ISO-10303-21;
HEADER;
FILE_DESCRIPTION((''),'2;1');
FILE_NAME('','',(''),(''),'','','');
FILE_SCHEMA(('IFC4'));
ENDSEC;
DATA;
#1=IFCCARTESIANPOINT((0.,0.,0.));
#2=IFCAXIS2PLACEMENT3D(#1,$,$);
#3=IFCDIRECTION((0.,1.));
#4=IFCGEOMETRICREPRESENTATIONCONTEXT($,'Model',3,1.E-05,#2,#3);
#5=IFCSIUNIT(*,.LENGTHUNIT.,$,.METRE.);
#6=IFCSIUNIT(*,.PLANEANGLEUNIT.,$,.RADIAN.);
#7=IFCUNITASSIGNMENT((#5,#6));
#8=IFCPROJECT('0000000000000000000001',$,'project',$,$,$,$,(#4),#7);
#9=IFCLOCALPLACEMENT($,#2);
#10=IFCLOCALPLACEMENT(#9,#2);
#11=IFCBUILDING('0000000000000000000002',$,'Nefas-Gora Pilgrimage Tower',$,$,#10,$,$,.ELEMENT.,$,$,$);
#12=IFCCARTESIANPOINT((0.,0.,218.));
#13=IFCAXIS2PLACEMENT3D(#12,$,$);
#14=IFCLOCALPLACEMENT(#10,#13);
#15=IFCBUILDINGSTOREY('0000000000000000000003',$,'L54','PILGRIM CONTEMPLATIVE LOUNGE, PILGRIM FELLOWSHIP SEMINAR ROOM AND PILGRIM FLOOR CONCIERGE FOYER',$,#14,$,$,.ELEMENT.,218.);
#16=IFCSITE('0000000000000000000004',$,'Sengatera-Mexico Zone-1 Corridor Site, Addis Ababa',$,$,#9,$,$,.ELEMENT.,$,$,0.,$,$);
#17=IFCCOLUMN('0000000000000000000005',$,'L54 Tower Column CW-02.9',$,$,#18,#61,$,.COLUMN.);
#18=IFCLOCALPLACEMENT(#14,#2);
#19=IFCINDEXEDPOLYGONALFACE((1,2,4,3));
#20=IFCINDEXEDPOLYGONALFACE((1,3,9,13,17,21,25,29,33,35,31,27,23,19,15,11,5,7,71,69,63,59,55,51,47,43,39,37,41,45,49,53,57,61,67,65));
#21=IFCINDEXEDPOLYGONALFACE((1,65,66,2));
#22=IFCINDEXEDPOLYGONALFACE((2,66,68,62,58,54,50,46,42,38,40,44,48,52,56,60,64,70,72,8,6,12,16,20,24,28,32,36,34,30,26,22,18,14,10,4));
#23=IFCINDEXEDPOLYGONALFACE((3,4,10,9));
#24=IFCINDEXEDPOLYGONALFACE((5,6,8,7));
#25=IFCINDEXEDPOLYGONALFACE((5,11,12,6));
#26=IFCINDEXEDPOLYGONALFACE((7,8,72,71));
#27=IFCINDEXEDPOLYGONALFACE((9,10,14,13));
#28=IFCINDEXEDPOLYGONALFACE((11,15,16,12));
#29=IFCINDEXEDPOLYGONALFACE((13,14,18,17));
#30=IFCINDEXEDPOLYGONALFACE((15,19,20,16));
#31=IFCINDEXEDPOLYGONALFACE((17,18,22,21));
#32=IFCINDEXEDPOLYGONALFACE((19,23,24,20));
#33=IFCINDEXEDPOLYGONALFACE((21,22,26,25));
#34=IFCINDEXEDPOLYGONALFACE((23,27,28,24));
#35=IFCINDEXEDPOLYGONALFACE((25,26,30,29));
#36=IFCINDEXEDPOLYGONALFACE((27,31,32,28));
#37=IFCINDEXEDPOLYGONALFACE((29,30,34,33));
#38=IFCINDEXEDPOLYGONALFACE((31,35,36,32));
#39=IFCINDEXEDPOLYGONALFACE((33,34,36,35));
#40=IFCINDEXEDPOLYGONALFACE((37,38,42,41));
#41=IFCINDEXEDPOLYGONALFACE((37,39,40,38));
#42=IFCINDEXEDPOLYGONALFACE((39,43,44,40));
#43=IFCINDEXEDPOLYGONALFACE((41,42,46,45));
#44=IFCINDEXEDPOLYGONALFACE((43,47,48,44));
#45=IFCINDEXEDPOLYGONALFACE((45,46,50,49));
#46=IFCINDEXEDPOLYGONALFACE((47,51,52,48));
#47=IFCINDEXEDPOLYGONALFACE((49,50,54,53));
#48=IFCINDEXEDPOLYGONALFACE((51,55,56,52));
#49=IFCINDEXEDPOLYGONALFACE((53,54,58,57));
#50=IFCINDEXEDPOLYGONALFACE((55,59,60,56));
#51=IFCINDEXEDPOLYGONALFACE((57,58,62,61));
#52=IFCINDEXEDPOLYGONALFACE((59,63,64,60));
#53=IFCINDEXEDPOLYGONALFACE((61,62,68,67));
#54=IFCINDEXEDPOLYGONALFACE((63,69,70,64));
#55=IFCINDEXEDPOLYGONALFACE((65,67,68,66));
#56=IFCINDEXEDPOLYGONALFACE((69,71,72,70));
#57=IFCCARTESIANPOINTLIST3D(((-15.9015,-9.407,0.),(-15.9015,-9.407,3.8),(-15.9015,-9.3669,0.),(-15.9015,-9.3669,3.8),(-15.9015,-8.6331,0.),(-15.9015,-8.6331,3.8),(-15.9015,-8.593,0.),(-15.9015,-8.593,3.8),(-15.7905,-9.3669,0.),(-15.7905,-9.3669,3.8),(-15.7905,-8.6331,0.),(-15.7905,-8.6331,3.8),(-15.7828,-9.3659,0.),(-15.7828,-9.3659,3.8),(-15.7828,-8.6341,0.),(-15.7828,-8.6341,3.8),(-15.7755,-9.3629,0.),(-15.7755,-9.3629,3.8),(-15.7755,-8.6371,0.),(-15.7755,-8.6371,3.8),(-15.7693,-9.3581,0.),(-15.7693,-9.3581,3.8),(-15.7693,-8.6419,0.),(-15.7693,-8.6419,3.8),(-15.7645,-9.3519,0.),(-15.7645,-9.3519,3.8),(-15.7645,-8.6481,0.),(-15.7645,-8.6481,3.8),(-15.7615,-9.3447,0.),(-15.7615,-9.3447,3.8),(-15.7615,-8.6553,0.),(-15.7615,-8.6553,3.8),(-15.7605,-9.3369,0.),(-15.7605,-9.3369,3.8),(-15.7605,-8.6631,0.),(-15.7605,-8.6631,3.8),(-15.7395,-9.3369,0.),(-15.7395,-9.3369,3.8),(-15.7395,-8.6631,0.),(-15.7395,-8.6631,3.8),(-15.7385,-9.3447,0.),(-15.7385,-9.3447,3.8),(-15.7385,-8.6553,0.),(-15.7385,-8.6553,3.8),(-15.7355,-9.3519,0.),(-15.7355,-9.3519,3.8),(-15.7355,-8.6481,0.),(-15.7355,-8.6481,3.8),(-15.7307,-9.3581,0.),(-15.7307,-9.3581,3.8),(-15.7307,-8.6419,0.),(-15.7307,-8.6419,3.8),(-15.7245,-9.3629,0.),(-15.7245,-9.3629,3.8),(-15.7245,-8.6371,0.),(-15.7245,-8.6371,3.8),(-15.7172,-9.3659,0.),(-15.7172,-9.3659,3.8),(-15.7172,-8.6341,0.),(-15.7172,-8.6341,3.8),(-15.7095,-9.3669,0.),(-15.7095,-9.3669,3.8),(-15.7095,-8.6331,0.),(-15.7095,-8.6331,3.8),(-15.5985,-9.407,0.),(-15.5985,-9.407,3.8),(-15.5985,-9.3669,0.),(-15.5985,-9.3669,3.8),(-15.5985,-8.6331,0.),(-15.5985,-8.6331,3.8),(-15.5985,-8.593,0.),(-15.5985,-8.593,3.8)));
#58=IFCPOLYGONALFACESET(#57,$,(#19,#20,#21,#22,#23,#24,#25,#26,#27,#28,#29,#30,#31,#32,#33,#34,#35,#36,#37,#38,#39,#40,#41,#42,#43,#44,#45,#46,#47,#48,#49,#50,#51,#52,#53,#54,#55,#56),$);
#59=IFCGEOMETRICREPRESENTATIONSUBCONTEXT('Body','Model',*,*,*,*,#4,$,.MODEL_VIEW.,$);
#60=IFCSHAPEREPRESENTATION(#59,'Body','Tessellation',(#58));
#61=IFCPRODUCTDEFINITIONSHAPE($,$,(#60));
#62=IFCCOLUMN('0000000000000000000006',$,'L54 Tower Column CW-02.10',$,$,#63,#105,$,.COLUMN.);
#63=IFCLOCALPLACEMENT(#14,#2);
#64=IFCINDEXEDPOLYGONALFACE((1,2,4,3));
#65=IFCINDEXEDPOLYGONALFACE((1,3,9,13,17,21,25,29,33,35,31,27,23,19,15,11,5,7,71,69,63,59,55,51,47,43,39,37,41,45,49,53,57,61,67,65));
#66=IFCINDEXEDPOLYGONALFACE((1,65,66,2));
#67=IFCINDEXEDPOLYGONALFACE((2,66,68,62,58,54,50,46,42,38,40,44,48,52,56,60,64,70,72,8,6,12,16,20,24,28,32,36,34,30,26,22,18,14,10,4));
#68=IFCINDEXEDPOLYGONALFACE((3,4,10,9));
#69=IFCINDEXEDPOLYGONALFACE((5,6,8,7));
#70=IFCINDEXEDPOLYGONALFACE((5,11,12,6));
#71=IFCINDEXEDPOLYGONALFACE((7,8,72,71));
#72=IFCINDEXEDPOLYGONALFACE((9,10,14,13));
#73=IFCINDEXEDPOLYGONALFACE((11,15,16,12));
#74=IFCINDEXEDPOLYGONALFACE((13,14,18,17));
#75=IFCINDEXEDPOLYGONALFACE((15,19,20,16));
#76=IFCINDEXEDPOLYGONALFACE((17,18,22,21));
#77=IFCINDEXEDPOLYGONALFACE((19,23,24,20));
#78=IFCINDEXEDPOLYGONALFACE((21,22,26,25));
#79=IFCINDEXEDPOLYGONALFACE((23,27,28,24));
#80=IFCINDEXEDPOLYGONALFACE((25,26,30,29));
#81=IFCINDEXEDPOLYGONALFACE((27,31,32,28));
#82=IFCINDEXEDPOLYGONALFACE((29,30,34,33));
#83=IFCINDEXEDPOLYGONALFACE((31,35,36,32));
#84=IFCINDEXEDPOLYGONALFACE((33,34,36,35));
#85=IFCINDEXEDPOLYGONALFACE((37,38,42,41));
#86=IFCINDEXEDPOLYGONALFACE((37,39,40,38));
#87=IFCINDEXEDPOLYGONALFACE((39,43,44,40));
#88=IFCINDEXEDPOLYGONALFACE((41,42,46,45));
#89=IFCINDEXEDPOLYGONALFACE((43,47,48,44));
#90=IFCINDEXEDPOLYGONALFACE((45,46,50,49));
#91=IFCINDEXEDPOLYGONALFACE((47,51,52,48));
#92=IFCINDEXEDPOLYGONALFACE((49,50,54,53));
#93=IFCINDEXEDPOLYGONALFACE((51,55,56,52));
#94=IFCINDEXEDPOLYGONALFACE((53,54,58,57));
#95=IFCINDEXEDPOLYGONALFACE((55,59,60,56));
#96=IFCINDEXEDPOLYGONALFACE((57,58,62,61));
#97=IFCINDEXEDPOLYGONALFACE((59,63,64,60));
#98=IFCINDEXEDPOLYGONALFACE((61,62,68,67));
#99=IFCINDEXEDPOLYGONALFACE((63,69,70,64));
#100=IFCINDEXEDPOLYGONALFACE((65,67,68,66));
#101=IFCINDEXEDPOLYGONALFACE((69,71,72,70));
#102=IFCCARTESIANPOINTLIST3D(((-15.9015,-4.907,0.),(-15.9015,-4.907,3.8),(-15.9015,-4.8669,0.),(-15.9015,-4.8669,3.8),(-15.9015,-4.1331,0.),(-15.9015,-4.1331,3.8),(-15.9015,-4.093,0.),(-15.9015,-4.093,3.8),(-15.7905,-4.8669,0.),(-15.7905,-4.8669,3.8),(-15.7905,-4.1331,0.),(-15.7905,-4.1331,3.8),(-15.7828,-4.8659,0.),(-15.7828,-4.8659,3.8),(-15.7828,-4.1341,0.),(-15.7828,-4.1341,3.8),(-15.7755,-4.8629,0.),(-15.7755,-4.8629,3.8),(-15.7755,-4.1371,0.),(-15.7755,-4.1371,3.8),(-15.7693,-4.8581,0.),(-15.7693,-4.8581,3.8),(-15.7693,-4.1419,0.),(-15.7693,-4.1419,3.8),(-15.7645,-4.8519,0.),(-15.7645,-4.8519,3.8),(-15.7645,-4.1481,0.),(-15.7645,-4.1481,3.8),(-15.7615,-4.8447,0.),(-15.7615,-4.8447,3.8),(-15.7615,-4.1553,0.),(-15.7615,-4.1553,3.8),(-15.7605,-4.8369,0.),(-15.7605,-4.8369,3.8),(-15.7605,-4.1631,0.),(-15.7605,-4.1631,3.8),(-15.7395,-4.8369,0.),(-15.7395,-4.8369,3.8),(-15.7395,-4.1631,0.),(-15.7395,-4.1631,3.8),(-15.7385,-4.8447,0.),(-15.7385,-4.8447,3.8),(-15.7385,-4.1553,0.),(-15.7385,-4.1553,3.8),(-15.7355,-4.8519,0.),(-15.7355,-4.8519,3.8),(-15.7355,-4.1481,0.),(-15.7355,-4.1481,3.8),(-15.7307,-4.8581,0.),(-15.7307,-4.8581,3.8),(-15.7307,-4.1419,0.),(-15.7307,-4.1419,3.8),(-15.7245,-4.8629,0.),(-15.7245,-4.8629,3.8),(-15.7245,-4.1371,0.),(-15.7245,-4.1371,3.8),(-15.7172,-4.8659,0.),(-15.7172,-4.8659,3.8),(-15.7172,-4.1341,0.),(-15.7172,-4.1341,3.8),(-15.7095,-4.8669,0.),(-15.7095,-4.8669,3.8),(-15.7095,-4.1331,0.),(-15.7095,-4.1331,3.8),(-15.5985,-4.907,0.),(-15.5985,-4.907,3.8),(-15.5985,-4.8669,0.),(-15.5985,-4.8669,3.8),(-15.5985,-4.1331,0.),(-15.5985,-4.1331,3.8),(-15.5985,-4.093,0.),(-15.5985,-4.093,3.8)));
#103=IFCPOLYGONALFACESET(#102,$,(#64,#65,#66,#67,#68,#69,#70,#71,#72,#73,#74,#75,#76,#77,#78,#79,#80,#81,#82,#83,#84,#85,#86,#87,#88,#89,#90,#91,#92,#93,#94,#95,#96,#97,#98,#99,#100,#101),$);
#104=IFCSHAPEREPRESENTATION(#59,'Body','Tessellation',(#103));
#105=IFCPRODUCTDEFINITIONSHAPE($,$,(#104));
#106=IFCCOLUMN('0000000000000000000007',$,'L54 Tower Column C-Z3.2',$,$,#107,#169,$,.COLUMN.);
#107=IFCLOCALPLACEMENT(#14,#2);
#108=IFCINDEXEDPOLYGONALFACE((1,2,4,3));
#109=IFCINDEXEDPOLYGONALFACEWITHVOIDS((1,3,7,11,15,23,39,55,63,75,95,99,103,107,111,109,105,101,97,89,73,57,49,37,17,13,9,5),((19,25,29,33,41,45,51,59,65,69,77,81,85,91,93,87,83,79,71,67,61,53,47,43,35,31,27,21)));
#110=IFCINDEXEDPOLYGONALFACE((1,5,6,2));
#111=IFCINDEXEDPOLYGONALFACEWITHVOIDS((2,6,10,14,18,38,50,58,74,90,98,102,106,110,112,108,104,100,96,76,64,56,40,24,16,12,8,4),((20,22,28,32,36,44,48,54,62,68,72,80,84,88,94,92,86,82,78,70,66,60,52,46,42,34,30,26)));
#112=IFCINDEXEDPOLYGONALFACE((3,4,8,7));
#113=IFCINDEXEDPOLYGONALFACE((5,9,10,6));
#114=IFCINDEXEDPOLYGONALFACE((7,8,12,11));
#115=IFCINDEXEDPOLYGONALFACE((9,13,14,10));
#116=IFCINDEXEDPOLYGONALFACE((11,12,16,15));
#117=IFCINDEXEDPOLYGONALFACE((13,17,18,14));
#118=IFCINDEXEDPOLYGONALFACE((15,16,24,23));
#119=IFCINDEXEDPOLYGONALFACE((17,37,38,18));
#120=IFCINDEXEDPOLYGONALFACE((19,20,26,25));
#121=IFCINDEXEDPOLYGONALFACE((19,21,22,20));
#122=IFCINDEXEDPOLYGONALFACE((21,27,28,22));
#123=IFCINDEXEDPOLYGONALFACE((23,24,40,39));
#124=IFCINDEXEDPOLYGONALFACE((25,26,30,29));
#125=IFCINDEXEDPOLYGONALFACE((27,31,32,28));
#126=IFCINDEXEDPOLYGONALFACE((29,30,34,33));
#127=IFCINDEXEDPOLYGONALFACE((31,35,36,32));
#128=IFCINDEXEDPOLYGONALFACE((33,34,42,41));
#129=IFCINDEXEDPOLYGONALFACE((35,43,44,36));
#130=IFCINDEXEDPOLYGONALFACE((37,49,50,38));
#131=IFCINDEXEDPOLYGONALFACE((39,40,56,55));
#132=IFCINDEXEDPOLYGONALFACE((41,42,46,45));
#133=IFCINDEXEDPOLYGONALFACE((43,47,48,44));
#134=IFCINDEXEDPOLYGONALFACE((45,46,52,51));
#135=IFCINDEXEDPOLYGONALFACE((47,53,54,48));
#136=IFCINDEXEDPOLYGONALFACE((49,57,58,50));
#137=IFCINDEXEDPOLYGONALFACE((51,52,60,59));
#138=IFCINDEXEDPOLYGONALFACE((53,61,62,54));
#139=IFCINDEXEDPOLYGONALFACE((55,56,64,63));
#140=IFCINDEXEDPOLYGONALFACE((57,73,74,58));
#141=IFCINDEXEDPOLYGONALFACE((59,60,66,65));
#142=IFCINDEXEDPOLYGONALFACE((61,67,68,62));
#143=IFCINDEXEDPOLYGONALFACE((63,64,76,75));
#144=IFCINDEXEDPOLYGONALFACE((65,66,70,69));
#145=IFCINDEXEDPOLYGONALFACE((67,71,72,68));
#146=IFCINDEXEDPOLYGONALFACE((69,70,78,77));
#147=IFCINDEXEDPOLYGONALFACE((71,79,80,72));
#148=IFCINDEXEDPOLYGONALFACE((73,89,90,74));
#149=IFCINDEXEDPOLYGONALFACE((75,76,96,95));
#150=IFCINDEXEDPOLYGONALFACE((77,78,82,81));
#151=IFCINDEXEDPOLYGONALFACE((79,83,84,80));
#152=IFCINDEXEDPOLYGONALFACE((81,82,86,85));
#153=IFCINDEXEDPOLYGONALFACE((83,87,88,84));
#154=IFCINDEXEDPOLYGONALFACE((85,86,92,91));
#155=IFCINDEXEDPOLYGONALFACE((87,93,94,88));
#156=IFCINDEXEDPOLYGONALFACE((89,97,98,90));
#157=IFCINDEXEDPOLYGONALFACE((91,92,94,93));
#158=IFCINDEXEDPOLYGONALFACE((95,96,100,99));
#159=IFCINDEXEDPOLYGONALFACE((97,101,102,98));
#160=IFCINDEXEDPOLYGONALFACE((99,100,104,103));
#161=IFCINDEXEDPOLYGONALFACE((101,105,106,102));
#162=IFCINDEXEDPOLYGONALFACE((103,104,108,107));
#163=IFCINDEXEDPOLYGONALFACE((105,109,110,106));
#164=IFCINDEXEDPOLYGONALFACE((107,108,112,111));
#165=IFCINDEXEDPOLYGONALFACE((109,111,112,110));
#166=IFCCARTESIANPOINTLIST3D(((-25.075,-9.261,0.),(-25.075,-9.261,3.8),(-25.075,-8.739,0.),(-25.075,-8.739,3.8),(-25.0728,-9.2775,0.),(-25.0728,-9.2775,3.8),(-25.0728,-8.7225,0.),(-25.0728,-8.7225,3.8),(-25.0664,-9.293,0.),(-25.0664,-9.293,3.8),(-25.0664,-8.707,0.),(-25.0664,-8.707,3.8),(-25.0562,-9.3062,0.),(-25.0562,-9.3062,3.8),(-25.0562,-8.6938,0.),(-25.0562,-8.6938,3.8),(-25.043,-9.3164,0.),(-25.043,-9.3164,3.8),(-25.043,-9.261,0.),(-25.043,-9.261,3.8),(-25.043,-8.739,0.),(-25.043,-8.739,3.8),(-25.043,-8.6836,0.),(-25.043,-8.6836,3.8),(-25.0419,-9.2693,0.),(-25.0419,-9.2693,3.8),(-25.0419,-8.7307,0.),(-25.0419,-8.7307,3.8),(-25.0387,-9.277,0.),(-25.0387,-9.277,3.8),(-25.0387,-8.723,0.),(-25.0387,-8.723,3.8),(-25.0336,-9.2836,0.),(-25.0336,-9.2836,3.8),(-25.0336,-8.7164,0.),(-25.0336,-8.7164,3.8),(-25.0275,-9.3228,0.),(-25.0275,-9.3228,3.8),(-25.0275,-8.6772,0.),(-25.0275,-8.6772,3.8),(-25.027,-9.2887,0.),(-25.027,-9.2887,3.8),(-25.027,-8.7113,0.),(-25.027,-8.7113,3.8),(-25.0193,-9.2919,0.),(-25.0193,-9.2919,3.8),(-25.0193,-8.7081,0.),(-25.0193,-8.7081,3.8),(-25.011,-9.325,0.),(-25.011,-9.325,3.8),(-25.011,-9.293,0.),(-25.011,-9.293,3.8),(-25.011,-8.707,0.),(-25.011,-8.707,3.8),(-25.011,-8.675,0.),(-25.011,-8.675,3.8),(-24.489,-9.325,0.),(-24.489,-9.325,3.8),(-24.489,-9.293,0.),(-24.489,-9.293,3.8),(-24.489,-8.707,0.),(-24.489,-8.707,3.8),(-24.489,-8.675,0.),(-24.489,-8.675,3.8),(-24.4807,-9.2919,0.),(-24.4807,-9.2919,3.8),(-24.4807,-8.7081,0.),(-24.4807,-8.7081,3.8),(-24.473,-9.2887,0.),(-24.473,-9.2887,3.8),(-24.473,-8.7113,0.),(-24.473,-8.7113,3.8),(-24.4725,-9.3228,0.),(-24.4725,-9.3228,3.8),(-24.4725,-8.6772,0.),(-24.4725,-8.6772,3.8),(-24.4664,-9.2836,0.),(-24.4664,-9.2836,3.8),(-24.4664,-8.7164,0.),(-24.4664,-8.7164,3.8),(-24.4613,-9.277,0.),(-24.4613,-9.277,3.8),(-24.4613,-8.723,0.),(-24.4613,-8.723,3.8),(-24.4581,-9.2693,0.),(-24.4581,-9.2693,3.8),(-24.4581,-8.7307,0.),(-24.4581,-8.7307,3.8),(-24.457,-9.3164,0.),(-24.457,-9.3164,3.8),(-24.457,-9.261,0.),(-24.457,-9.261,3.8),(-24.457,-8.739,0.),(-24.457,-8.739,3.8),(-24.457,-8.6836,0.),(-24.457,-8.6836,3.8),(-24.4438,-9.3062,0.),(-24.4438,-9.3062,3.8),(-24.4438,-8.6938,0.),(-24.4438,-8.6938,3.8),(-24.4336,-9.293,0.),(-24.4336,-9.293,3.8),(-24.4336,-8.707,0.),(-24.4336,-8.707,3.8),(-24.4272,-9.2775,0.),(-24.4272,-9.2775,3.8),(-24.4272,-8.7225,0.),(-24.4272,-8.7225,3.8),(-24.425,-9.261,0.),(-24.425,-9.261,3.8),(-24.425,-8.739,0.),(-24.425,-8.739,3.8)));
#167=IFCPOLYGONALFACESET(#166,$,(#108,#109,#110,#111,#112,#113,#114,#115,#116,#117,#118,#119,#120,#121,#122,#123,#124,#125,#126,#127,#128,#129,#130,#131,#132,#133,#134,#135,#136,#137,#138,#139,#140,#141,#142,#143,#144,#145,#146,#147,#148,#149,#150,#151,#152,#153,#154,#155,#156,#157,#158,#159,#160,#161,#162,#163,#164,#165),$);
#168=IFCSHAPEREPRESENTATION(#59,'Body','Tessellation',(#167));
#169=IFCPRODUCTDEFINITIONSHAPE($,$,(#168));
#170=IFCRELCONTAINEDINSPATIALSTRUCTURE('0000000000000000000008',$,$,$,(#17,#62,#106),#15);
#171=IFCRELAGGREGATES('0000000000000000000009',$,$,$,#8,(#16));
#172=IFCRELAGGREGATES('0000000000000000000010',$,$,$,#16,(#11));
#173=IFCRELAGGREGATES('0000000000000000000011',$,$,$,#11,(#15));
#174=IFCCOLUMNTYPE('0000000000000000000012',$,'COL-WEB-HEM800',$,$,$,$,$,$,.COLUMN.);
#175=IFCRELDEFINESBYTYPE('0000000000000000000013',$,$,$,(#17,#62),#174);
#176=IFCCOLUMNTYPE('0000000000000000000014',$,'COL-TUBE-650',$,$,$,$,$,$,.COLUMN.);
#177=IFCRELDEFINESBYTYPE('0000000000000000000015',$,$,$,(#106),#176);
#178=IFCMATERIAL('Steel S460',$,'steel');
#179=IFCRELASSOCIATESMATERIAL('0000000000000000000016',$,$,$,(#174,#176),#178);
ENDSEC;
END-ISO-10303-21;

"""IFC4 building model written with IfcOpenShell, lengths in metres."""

from ifc_helpers import new_model, si_unit, direction, frame, origin, origin_2d, place, context, subcontext, project, spatial, hollow_rectangle, i_section, extrude, source, transform, mapped, material, material_profile, profile_set, type_object, element, save


model = new_model("IFC4")

# Units and contexts
model_context = context("Model", 3, precision=1e-05, world=origin(), true_north=direction((0.0, 1.0)))
body_context = subcontext(model_context, "Body", "Model", "MODEL_VIEW")
ifc_project = project(units=[si_unit("LENGTHUNIT", "METRE"), si_unit("PLANEANGLEUNIT", "RADIAN")], contexts=[model_context])

# Site, building, storey
site_placement = place(None, origin())
site = spatial("IfcSite", under=ifc_project, at=site_placement, Name="Sengatera-Mexico Zone-1 Corridor Site, Addis Ababa", CompositionType="ELEMENT", RefElevation=0.0)
building_placement = place(site_placement, origin())
building = spatial("IfcBuilding", under=site, at=building_placement, Name="Nefas-Gora Pilgrimage Tower", CompositionType="ELEMENT")
storey_placement = place(building_placement, frame((0.0, 0.0, 218.0)))
storey = spatial("IfcBuildingStorey", under=building, at=storey_placement, Name="L54", Description="PILGRIM CONTEMPLATIVE LOUNGE, PILGRIM FELLOWSHIP SEMINAR ROOM AND PILGRIM FLOOR CONCIERGE FOYER", CompositionType="ELEMENT", Elevation=218.0)

# Columns
ifc_material_1 = material(Name="Steel S460", Category="steel")
ifc_material_profile_1 = material_profile(ifc_material_1, i_section(OverallWidth=0.303, OverallDepth=0.814, WebThickness=0.021, FlangeThickness=0.04, FilletRadius=0.03, at=origin_2d()), Name="HEM 800")
ifc_profile_set_1 = profile_set([ifc_material_profile_1], Name="Steel S460")
column_type_1 = type_object("IfcColumnType", Name="COL-WEB-HEM800", PredefinedType="COLUMN", material=ifc_profile_set_1)
shared_shape_1 = source(origin(), body_context, "Body", "SweptSolid", [
    extrude(i_section(OverallWidth=0.303, OverallDepth=0.814, WebThickness=0.021, FlangeThickness=0.04, FilletRadius=0.03, at=origin_2d()), origin(), (0.0, 0.0, 1.0), 3.8),
])
for number, where, z_axis, x_axis, name in (
    (1, (-15.75, -9.0, 0.0), (0.0, 0.0, 1.0), (1.0, 0.0, 0.0), "L54 Tower Column CW-02.9"),
    (2, (-15.75, -4.5, 0.0), (0.0, 0.0, 1.0), (1.0, 0.0, 0.0), "L54 Tower Column CW-02.10"),
):
    element("IfcColumn", number, at=place(storey_placement, frame(where, z_axis=z_axis, x_axis=x_axis)), inside=storey, type_object=column_type_1, Name=name, PredefinedType="COLUMN", context=body_context, shape_type="MappedRepresentation", body=[
        mapped(shared_shape_1, transform((0.0, 0.0, 0.0), x_axis=(1.0, 0.0, 0.0), y_axis=(0.0, 1.0, 0.0), z_axis=(0.0, 0.0, 1.0), scale=1.0)),
    ])
ifc_material_profile_2 = material_profile(ifc_material_1, hollow_rectangle(XDim=0.6499, YDim=0.6499, WallThickness=0.032, InnerFilletRadius=0.032, OuterFilletRadius=0.064, at=origin_2d()), Name="BOX 650x650x32")
ifc_profile_set_2 = profile_set([ifc_material_profile_2], Name="Steel S460")
column_type_2 = type_object("IfcColumnType", Name="COL-TUBE-650", PredefinedType="COLUMN", material=ifc_profile_set_2)
shared_shape_2 = source(origin(), body_context, "Body", "SweptSolid", [
    extrude(hollow_rectangle(XDim=0.6499, YDim=0.6499, WallThickness=0.032, InnerFilletRadius=0.032, OuterFilletRadius=0.064, at=origin_2d()), origin(), (0.0, 0.0, 1.0), 3.8),
])
for number, where, z_axis, x_axis, name in (
    (3, (-24.75, -9.0, 0.0), (0.0, 0.0, 1.0), (1.0, 0.0, 0.0), "L54 Tower Column C-Z3.2"),
):
    element("IfcColumn", number, at=place(storey_placement, frame(where, z_axis=z_axis, x_axis=x_axis)), inside=storey, type_object=column_type_2, Name=name, PredefinedType="COLUMN", context=body_context, shape_type="MappedRepresentation", body=[
        mapped(shared_shape_2, transform((0.0, 0.0, 0.0), x_axis=(1.0, 0.0, 0.0), y_axis=(0.0, 1.0, 0.0), z_axis=(0.0, 0.0, 1.0), scale=1.0)),
    ])

save(model, "model.ifc")
